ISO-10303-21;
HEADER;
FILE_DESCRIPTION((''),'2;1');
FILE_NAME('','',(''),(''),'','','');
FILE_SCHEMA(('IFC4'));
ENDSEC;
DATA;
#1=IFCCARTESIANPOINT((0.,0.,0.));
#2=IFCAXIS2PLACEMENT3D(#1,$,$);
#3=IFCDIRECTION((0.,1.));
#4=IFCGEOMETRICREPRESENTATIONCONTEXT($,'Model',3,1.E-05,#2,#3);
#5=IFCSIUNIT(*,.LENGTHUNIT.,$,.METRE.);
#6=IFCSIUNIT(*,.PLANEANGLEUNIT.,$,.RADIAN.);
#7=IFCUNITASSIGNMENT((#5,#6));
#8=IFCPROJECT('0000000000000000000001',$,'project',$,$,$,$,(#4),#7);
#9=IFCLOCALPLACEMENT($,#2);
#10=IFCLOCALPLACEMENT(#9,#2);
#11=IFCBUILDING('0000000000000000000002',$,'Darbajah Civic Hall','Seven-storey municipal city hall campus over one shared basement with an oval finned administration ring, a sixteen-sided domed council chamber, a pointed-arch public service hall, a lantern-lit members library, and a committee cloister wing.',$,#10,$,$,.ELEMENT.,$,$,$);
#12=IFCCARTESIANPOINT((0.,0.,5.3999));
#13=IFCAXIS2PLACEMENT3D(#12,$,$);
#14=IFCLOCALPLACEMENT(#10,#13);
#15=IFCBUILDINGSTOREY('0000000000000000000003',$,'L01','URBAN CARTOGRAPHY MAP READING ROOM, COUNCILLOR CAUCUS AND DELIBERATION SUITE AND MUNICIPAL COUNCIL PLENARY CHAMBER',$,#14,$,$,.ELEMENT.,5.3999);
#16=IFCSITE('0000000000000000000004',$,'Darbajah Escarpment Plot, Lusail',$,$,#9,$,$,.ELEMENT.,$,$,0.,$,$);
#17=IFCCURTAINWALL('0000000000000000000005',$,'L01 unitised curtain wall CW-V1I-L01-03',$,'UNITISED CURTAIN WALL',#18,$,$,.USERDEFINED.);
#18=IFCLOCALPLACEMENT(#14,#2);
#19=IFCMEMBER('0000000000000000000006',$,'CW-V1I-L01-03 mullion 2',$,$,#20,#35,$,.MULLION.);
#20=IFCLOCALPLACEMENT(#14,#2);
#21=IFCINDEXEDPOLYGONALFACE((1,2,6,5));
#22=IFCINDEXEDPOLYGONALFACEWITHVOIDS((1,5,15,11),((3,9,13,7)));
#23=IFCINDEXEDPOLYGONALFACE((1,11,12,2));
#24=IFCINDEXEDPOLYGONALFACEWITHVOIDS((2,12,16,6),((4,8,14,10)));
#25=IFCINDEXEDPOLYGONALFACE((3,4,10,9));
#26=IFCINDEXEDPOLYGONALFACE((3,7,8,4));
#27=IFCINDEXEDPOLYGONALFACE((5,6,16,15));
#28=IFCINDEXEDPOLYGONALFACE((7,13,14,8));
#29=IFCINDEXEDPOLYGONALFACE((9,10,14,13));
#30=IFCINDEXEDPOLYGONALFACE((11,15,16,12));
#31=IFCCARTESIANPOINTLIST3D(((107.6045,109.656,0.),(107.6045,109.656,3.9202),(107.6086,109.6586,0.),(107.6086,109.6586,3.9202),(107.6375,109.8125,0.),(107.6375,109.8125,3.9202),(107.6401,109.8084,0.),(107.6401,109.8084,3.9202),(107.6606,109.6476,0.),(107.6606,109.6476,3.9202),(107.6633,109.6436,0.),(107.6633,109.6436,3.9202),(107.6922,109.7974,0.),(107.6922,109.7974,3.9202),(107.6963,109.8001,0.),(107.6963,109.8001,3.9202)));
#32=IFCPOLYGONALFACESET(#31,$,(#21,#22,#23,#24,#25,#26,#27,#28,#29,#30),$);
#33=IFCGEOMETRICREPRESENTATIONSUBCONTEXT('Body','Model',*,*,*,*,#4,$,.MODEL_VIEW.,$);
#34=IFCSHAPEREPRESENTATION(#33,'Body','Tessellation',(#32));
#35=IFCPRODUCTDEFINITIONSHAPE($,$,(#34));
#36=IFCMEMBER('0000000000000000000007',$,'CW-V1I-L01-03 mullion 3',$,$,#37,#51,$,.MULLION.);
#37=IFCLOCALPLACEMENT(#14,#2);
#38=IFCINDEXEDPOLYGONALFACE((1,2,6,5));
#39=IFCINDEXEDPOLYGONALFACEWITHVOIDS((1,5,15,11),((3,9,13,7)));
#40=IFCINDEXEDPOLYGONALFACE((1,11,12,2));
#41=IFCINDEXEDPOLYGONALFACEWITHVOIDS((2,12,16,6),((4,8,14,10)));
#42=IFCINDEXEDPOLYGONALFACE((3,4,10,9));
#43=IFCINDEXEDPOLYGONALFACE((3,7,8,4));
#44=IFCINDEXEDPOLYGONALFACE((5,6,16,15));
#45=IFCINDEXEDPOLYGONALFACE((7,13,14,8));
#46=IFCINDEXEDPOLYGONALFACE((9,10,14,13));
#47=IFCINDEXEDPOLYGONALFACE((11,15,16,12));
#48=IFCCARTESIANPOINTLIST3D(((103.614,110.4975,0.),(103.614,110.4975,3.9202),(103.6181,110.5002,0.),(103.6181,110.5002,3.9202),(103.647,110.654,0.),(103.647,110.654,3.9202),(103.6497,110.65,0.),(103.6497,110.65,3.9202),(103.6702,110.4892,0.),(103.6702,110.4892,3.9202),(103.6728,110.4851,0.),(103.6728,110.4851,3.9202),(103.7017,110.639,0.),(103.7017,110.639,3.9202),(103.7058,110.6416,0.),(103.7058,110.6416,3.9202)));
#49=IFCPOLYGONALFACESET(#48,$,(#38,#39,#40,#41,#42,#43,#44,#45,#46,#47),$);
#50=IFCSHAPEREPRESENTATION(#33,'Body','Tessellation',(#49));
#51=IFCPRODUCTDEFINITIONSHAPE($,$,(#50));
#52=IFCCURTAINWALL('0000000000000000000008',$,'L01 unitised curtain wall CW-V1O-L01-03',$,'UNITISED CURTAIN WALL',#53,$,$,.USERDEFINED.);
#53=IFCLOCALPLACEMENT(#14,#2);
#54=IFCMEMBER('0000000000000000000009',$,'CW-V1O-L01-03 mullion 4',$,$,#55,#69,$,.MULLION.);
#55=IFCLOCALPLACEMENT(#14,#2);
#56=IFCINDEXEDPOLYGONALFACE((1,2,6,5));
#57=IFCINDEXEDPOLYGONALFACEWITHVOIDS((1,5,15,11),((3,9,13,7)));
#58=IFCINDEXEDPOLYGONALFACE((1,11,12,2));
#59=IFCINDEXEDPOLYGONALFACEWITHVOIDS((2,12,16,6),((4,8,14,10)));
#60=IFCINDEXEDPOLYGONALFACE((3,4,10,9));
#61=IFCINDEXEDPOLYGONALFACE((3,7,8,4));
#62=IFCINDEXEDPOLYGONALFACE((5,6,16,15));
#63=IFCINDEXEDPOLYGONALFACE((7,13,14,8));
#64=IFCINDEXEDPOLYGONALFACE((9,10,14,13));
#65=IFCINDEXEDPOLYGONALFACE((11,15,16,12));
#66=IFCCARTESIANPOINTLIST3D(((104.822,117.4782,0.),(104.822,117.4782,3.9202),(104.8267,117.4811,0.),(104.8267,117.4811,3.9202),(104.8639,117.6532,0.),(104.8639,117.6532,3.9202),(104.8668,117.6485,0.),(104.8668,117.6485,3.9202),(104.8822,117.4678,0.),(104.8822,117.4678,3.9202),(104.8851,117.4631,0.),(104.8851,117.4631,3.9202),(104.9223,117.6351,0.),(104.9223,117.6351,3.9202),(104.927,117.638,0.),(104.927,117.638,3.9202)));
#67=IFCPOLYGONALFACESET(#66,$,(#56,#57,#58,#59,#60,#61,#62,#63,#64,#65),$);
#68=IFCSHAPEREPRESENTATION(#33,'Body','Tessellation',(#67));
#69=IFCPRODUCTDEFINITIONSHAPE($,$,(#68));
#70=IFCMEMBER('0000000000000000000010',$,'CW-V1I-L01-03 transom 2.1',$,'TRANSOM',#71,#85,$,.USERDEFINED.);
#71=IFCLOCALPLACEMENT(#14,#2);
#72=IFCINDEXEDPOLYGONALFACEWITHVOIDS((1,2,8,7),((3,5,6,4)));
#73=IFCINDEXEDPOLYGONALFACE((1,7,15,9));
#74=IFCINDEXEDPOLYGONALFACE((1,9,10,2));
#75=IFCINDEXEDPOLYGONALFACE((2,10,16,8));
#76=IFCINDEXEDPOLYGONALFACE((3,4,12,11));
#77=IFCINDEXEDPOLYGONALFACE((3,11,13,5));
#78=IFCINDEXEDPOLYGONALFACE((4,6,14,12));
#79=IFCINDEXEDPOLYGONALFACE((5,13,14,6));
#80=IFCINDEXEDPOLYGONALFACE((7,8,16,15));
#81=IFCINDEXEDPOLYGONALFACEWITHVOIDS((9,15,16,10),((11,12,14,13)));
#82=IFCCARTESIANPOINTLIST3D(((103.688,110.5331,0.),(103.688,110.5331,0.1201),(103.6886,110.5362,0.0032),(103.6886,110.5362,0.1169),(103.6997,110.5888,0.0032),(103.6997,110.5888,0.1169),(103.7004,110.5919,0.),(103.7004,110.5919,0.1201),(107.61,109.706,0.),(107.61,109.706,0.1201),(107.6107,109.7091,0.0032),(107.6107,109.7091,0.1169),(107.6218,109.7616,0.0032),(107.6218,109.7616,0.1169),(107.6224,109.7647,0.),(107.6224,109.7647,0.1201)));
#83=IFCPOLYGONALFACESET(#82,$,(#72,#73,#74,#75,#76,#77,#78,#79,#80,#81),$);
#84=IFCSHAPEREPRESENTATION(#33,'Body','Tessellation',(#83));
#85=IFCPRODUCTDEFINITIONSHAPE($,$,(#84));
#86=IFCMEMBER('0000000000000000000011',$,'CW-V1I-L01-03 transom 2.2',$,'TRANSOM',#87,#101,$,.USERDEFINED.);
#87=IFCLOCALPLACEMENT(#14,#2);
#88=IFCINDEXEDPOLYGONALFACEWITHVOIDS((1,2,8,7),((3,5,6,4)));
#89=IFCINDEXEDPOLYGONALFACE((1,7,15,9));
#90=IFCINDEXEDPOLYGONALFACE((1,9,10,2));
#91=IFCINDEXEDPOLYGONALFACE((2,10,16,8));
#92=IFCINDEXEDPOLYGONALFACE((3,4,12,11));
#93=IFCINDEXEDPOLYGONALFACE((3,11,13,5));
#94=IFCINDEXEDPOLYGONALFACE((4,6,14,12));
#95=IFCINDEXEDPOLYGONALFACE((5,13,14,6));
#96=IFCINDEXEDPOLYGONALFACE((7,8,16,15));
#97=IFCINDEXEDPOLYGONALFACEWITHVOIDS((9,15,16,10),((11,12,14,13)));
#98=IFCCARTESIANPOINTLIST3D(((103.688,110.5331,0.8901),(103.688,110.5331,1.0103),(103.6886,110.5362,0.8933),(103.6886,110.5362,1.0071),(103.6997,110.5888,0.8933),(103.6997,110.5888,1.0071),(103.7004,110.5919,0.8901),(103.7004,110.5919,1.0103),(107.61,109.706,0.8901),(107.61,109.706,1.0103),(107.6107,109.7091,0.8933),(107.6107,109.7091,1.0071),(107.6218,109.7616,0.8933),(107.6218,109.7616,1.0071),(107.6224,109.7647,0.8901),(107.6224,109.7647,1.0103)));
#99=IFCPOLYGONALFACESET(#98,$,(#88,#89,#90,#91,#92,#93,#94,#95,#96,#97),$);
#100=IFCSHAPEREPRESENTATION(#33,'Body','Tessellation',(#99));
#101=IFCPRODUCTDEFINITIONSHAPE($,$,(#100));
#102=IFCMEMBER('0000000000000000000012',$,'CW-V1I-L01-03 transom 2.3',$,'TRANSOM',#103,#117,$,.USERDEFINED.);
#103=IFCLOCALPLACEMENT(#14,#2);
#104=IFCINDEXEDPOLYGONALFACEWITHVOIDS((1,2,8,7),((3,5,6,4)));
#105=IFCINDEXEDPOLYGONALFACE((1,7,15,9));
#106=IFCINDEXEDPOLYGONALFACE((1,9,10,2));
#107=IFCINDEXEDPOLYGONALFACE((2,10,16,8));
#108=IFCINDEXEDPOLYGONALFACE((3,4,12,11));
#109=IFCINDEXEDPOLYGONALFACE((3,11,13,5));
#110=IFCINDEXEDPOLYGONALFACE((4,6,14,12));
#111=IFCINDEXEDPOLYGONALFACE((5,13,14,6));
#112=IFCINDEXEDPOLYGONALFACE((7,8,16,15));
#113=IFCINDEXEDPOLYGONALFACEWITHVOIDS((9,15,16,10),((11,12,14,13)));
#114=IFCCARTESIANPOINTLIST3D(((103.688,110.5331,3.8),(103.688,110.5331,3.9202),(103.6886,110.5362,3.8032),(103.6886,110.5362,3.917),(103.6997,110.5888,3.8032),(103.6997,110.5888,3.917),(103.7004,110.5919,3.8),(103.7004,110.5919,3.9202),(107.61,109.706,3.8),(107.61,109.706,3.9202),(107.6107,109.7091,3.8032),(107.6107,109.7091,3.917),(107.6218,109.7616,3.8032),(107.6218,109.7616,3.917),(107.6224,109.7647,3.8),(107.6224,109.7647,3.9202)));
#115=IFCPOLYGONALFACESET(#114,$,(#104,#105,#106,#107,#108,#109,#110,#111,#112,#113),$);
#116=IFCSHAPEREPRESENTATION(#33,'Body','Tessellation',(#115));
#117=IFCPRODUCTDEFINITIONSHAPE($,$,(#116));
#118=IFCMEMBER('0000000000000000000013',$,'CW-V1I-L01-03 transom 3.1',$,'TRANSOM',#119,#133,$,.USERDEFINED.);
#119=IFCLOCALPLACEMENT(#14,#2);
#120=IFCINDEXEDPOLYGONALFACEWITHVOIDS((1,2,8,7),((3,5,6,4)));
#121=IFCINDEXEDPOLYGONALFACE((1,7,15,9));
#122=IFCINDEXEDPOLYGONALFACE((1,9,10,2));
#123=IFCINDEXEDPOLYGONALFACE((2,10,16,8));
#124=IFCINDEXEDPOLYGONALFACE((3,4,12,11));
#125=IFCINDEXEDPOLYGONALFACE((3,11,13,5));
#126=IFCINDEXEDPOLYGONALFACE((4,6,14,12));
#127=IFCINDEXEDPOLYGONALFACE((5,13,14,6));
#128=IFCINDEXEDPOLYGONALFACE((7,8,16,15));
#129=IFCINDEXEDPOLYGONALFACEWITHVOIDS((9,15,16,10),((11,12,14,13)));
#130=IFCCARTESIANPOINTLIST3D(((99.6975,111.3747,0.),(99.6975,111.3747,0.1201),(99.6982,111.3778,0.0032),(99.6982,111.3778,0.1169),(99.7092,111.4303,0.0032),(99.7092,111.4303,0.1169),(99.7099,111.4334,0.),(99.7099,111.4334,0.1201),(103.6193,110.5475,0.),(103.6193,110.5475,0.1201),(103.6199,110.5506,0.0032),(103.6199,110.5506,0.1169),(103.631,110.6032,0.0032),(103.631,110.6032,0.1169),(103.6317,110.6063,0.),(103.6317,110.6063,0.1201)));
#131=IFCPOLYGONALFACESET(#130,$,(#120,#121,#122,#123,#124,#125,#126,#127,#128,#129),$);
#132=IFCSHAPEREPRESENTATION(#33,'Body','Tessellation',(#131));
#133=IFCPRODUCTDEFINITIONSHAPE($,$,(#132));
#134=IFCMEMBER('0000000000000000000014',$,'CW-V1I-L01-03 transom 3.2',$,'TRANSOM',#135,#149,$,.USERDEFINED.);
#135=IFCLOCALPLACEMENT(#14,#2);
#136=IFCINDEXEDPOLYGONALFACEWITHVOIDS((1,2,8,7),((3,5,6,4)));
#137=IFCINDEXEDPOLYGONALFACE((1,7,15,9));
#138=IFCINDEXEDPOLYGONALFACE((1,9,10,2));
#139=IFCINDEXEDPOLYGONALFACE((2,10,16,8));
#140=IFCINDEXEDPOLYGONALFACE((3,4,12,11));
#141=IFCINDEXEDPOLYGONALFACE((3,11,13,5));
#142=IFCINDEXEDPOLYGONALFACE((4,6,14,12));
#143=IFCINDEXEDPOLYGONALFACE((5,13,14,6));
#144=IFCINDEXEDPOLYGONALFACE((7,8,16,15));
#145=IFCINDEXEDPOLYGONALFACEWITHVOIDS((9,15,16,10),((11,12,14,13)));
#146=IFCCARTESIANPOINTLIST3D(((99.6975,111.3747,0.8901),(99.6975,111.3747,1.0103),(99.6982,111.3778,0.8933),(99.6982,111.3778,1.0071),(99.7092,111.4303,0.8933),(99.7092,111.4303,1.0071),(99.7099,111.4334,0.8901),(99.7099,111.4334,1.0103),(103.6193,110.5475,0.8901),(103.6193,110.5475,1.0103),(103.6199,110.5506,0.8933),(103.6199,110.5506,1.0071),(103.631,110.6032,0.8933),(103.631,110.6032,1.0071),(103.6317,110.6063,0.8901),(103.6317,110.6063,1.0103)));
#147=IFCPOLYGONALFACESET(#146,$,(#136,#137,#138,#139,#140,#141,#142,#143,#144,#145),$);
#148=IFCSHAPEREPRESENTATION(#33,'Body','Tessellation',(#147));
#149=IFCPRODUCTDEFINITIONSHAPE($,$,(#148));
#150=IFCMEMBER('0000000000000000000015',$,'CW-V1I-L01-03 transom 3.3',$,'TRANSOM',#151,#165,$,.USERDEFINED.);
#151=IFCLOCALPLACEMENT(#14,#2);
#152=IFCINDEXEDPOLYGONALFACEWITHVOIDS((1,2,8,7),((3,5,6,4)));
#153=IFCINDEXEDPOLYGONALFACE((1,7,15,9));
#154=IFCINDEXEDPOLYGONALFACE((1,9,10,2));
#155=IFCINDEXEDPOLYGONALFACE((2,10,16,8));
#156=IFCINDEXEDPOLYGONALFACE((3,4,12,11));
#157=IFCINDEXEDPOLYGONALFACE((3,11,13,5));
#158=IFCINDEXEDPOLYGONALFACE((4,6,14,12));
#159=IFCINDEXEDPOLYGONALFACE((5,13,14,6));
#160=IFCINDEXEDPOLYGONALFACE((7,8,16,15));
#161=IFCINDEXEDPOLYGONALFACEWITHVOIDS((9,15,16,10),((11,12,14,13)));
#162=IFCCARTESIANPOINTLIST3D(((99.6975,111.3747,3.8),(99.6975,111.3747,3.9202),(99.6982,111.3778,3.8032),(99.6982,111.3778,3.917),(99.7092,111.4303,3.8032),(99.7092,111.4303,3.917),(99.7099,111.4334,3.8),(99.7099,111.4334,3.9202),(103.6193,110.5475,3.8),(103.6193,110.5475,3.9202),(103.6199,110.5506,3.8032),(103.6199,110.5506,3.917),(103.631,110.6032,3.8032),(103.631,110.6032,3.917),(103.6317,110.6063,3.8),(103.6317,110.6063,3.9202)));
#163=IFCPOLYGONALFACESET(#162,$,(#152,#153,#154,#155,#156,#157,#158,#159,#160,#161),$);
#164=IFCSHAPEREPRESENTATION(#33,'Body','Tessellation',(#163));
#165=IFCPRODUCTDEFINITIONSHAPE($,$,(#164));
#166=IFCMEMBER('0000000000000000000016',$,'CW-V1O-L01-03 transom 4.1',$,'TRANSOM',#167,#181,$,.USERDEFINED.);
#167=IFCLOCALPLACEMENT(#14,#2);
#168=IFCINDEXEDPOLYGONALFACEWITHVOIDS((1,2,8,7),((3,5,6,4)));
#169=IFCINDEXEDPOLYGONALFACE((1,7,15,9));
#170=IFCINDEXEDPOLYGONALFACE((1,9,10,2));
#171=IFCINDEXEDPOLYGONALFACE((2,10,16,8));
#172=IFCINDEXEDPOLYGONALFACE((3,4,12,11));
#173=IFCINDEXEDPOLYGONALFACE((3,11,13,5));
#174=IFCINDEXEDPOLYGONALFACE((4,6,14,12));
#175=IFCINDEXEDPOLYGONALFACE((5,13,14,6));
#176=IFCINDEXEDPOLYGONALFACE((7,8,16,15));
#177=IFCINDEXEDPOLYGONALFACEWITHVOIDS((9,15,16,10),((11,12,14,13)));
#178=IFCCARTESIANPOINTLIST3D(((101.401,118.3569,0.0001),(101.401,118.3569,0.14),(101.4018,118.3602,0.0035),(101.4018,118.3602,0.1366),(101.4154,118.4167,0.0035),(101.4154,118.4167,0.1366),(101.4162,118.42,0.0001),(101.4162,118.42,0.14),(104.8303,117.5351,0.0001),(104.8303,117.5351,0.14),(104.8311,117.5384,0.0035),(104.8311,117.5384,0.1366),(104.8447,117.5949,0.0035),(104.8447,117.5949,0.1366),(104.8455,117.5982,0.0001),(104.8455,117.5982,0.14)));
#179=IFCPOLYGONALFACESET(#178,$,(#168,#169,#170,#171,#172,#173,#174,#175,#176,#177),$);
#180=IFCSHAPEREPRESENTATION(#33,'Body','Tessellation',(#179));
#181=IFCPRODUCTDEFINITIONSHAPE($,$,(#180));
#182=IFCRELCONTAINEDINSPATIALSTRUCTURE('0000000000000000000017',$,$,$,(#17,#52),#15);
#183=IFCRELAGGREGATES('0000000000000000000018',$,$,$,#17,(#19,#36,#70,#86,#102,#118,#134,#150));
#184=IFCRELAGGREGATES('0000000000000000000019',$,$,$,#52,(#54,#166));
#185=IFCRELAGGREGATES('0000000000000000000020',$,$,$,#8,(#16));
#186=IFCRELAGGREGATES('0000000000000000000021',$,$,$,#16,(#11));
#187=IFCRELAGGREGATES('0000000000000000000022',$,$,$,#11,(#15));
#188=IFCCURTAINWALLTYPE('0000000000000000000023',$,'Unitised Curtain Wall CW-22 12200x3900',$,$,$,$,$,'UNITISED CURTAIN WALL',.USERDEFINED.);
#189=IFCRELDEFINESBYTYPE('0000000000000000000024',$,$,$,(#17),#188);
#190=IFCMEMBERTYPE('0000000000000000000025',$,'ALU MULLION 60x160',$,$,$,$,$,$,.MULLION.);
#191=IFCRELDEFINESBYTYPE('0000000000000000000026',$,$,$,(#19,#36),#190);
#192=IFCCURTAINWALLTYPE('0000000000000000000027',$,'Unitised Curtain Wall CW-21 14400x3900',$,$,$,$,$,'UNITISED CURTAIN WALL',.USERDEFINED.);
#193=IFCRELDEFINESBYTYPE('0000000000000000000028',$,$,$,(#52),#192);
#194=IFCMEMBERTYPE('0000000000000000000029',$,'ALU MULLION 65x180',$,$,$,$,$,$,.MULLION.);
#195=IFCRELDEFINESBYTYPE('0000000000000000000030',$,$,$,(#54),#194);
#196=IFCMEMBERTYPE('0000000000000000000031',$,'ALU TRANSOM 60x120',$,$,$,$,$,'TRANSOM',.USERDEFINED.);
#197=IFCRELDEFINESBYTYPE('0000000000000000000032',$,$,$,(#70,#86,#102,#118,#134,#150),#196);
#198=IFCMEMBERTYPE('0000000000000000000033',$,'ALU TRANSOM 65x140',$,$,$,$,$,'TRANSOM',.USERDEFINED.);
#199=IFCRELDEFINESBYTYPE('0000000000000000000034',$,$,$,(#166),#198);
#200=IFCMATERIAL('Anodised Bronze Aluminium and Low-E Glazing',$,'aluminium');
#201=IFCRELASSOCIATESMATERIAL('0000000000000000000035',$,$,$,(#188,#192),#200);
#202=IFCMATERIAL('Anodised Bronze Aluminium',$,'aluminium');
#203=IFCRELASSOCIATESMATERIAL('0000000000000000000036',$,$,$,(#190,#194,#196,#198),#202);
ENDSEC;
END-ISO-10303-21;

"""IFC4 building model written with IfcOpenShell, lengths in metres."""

from ifc_helpers import new_model, si_unit, direction, frame, origin, origin_2d, place, context, subcontext, project, spatial, hollow_rectangle, extrude, material, material_profile, profile_set, type_object, element, aggregate, save


model = new_model("IFC4")

# Units and contexts
model_context = context("Model", 3, precision=1e-05, world=origin(), true_north=direction((0.0, 1.0)))
body_context = subcontext(model_context, "Body", "Model", "MODEL_VIEW")
ifc_project = project(units=[si_unit("LENGTHUNIT", "METRE"), si_unit("PLANEANGLEUNIT", "RADIAN")], contexts=[model_context])

# Site, building, storey
site_placement = place(None, origin())
site = spatial("IfcSite", under=ifc_project, at=site_placement, Name="Darbajah Escarpment Plot, Lusail", CompositionType="ELEMENT", RefElevation=0.0)
building_placement = place(site_placement, origin())
building = spatial("IfcBuilding", under=site, at=building_placement, Name="Darbajah Civic Hall", Description="Seven-storey municipal city hall campus over one shared basement with an oval finned administration ring, a sixteen-sided domed council chamber, a pointed-arch public service hall, a lantern-lit members library, and a committee cloister wing.", CompositionType="ELEMENT")
storey_placement = place(building_placement, frame((0.0, 0.0, 5.3999)))
storey = spatial("IfcBuildingStorey", under=building, at=storey_placement, Name="L01", Description="URBAN CARTOGRAPHY MAP READING ROOM, COUNCILLOR CAUCUS AND DELIBERATION SUITE AND MUNICIPAL COUNCIL PLENARY CHAMBER", CompositionType="ELEMENT", Elevation=5.3999)

# Curtain wall, members
ifc_material_1 = material(Name="Anodised Bronze Aluminium and Low-E Glazing", Category="aluminium")
curtain_wall_type_1 = type_object("IfcCurtainWallType", Name="Unitised Curtain Wall CW-22 12200x3900", ElementType="UNITISED CURTAIN WALL", PredefinedType="USERDEFINED", material=ifc_material_1)
curtain_wall_1_placement = place(storey_placement, origin())
curtain_wall_1 = element("IfcCurtainWall", 1, at=curtain_wall_1_placement, inside=storey, type_object=curtain_wall_type_1, Name="L01 unitised curtain wall CW-V1I-L01-03", ObjectType="UNITISED CURTAIN WALL", PredefinedType="USERDEFINED")
ifc_material_2 = material(Name="Anodised Bronze Aluminium", Category="aluminium")
ifc_material_profile_1 = material_profile(ifc_material_2, hollow_rectangle(XDim=0.0601, YDim=0.1599, WallThickness=0.0034, at=origin_2d()), Name="ALU MULLION 60x160")
ifc_profile_set_1 = profile_set([ifc_material_profile_1], Name="Anodised Bronze Aluminium")
member_type_1 = type_object("IfcMemberType", Name="ALU MULLION 60x160", PredefinedType="MULLION", material=ifc_profile_set_1)
member_1_placement = place(storey_placement, frame((107.6504, 109.728, 0.0), z_axis=(0.0, 0.0, 1.0), x_axis=(-0.978473, 0.206375, 0.0)))
member_1 = element("IfcMember", 2, at=member_1_placement, type_object=member_type_1, Name="CW-V1I-L01-03 mullion 2", PredefinedType="MULLION", context=body_context, shape_type="SweptSolid", body=[
    extrude(hollow_rectangle(XDim=0.0601, YDim=0.1599, WallThickness=0.0034, at=origin_2d()), origin(), (0.0, 0.0, 1.0), 3.9202),
])
member_2_placement = place(storey_placement, frame((103.6599, 110.5696, 0.0), z_axis=(0.0, 0.0, 1.0), x_axis=(-0.978473, 0.206375, 0.0)))
member_2 = element("IfcMember", 3, at=member_2_placement, type_object=member_type_1, Name="CW-V1I-L01-03 mullion 3", PredefinedType="MULLION", context=body_context, shape_type="SweptSolid", body=[
    extrude(hollow_rectangle(XDim=0.0601, YDim=0.1599, WallThickness=0.0034, at=origin_2d()), origin(), (0.0, 0.0, 1.0), 3.9202),
])

# Curtain wall, member
curtain_wall_type_2 = type_object("IfcCurtainWallType", Name="Unitised Curtain Wall CW-21 14400x3900", ElementType="UNITISED CURTAIN WALL", PredefinedType="USERDEFINED", material=ifc_material_1)
curtain_wall_2_placement = place(storey_placement, origin())
curtain_wall_2 = element("IfcCurtainWall", 4, at=curtain_wall_2_placement, inside=storey, type_object=curtain_wall_type_2, Name="L01 unitised curtain wall CW-V1O-L01-03", ObjectType="UNITISED CURTAIN WALL", PredefinedType="USERDEFINED")
ifc_material_profile_2 = material_profile(ifc_material_2, hollow_rectangle(XDim=0.0649, YDim=0.1799, WallThickness=0.0039, at=origin_2d()), Name="ALU MULLION 65x180")
ifc_profile_set_2 = profile_set([ifc_material_profile_2], Name="Anodised Bronze Aluminium")
member_type_2 = type_object("IfcMemberType", Name="ALU MULLION 65x180", PredefinedType="MULLION", material=ifc_profile_set_2)
member_3_placement = place(storey_placement, frame((104.8745, 117.5581, 0.0), z_axis=(0.0, 0.0, 1.0), x_axis=(-0.972492, 0.232936, 0.0)))
member_3 = element("IfcMember", 5, at=member_3_placement, type_object=member_type_2, Name="CW-V1O-L01-03 mullion 4", PredefinedType="MULLION", context=body_context, shape_type="SweptSolid", body=[
    extrude(hollow_rectangle(XDim=0.0649, YDim=0.1799, WallThickness=0.0039, at=origin_2d()), origin(), (0.0, 0.0, 1.0), 3.9202),
])

# Members
ifc_material_profile_3 = material_profile(ifc_material_2, hollow_rectangle(XDim=0.0601, YDim=0.1201, WallThickness=0.0032, at=origin_2d()), Name="ALU TRANSOM 60x120")
ifc_profile_set_3 = profile_set([ifc_material_profile_3], Name="Anodised Bronze Aluminium")
member_type_3 = type_object("IfcMemberType", Name="ALU TRANSOM 60x120", ElementType="TRANSOM", PredefinedType="USERDEFINED", material=ifc_profile_set_3)
member_4_placement = place(storey_placement, frame((107.6162, 109.7354, 0.0601), z_axis=(-0.978477, 0.206354, 0.0), x_axis=(-0.206354, -0.978477, 0.0)))
member_4 = element("IfcMember", 6, at=member_4_placement, type_object=member_type_3, Name="CW-V1I-L01-03 transom 2.1", ObjectType="TRANSOM", PredefinedType="USERDEFINED", context=body_context, shape_type="SweptSolid", body=[
    extrude(hollow_rectangle(XDim=0.0601, YDim=0.1201, WallThickness=0.0032, at=origin_2d()), origin(), (0.0, 0.0, 1.0), 4.0083),
])
member_5_placement = place(storey_placement, frame((107.6162, 109.7354, 0.9502), z_axis=(-0.978477, 0.206354, 0.0), x_axis=(-0.206354, -0.978477, 0.0)))
member_5 = element("IfcMember", 7, at=member_5_placement, type_object=member_type_3, Name="CW-V1I-L01-03 transom 2.2", ObjectType="TRANSOM", PredefinedType="USERDEFINED", context=body_context, shape_type="SweptSolid", body=[
    extrude(hollow_rectangle(XDim=0.0601, YDim=0.1201, WallThickness=0.0032, at=origin_2d()), origin(), (0.0, 0.0, 1.0), 4.0083),
])
member_6_placement = place(storey_placement, frame((107.6162, 109.7354, 3.8601), z_axis=(-0.978477, 0.206354, 0.0), x_axis=(-0.206354, -0.978477, 0.0)))
member_6 = element("IfcMember", 8, at=member_6_placement, type_object=member_type_3, Name="CW-V1I-L01-03 transom 2.3", ObjectType="TRANSOM", PredefinedType="USERDEFINED", context=body_context, shape_type="SweptSolid", body=[
    extrude(hollow_rectangle(XDim=0.0601, YDim=0.1201, WallThickness=0.0032, at=origin_2d()), origin(), (0.0, 0.0, 1.0), 4.0083),
])
member_7_placement = place(storey_placement, frame((103.6255, 110.5769, 0.0601), z_axis=(-0.978475, 0.206367, 0.0), x_axis=(-0.206367, -0.978475, 0.0)))
member_7 = element("IfcMember", 9, at=member_7_placement, type_object=member_type_3, Name="CW-V1I-L01-03 transom 3.1", ObjectType="TRANSOM", PredefinedType="USERDEFINED", context=body_context, shape_type="SweptSolid", body=[
    extrude(hollow_rectangle(XDim=0.0601, YDim=0.1201, WallThickness=0.0032, at=origin_2d()), origin(), (0.0, 0.0, 1.0), 4.0081),
])
member_8_placement = place(storey_placement, frame((103.6255, 110.5769, 0.9502), z_axis=(-0.978475, 0.206367, 0.0), x_axis=(-0.206367, -0.978475, 0.0)))
member_8 = element("IfcMember", 10, at=member_8_placement, type_object=member_type_3, Name="CW-V1I-L01-03 transom 3.2", ObjectType="TRANSOM", PredefinedType="USERDEFINED", context=body_context, shape_type="SweptSolid", body=[
    extrude(hollow_rectangle(XDim=0.0601, YDim=0.1201, WallThickness=0.0032, at=origin_2d()), origin(), (0.0, 0.0, 1.0), 4.0081),
])
member_9_placement = place(storey_placement, frame((103.6255, 110.5769, 3.8601), z_axis=(-0.978475, 0.206367, 0.0), x_axis=(-0.206367, -0.978475, 0.0)))
member_9 = element("IfcMember", 11, at=member_9_placement, type_object=member_type_3, Name="CW-V1I-L01-03 transom 3.3", ObjectType="TRANSOM", PredefinedType="USERDEFINED", context=body_context, shape_type="SweptSolid", body=[
    extrude(hollow_rectangle(XDim=0.0601, YDim=0.1201, WallThickness=0.0032, at=origin_2d()), origin(), (0.0, 0.0, 1.0), 4.0081),
])
ifc_material_profile_4 = material_profile(ifc_material_2, hollow_rectangle(XDim=0.0649, YDim=0.1399, WallThickness=0.0034, at=origin_2d()), Name="ALU TRANSOM 65x140")
ifc_profile_set_4 = profile_set([ifc_material_profile_4], Name="Anodised Bronze Aluminium")
member_type_4 = type_object("IfcMemberType", Name="ALU TRANSOM 65x140", ElementType="TRANSOM", PredefinedType="USERDEFINED", material=ifc_profile_set_4)
member_10_placement = place(storey_placement, frame((104.8379, 117.5667, 0.0701), z_axis=(-0.972466, 0.233043, 0.0), x_axis=(-0.233043, -0.972466, 0.0)))
member_10 = element("IfcMember", 12, at=member_10_placement, type_object=member_type_4, Name="CW-V1O-L01-03 transom 4.1", ObjectType="TRANSOM", PredefinedType="USERDEFINED", context=body_context, shape_type="SweptSolid", body=[
    extrude(hollow_rectangle(XDim=0.0649, YDim=0.1399, WallThickness=0.0034, at=origin_2d()), origin(), (0.0, 0.0, 1.0), 3.5264),
])

aggregate(curtain_wall_1, [member_1, member_2, member_4, member_5, member_6, member_7, member_8, member_9])
aggregate(curtain_wall_2, [member_3, member_10])

save(model, "model.ifc")
